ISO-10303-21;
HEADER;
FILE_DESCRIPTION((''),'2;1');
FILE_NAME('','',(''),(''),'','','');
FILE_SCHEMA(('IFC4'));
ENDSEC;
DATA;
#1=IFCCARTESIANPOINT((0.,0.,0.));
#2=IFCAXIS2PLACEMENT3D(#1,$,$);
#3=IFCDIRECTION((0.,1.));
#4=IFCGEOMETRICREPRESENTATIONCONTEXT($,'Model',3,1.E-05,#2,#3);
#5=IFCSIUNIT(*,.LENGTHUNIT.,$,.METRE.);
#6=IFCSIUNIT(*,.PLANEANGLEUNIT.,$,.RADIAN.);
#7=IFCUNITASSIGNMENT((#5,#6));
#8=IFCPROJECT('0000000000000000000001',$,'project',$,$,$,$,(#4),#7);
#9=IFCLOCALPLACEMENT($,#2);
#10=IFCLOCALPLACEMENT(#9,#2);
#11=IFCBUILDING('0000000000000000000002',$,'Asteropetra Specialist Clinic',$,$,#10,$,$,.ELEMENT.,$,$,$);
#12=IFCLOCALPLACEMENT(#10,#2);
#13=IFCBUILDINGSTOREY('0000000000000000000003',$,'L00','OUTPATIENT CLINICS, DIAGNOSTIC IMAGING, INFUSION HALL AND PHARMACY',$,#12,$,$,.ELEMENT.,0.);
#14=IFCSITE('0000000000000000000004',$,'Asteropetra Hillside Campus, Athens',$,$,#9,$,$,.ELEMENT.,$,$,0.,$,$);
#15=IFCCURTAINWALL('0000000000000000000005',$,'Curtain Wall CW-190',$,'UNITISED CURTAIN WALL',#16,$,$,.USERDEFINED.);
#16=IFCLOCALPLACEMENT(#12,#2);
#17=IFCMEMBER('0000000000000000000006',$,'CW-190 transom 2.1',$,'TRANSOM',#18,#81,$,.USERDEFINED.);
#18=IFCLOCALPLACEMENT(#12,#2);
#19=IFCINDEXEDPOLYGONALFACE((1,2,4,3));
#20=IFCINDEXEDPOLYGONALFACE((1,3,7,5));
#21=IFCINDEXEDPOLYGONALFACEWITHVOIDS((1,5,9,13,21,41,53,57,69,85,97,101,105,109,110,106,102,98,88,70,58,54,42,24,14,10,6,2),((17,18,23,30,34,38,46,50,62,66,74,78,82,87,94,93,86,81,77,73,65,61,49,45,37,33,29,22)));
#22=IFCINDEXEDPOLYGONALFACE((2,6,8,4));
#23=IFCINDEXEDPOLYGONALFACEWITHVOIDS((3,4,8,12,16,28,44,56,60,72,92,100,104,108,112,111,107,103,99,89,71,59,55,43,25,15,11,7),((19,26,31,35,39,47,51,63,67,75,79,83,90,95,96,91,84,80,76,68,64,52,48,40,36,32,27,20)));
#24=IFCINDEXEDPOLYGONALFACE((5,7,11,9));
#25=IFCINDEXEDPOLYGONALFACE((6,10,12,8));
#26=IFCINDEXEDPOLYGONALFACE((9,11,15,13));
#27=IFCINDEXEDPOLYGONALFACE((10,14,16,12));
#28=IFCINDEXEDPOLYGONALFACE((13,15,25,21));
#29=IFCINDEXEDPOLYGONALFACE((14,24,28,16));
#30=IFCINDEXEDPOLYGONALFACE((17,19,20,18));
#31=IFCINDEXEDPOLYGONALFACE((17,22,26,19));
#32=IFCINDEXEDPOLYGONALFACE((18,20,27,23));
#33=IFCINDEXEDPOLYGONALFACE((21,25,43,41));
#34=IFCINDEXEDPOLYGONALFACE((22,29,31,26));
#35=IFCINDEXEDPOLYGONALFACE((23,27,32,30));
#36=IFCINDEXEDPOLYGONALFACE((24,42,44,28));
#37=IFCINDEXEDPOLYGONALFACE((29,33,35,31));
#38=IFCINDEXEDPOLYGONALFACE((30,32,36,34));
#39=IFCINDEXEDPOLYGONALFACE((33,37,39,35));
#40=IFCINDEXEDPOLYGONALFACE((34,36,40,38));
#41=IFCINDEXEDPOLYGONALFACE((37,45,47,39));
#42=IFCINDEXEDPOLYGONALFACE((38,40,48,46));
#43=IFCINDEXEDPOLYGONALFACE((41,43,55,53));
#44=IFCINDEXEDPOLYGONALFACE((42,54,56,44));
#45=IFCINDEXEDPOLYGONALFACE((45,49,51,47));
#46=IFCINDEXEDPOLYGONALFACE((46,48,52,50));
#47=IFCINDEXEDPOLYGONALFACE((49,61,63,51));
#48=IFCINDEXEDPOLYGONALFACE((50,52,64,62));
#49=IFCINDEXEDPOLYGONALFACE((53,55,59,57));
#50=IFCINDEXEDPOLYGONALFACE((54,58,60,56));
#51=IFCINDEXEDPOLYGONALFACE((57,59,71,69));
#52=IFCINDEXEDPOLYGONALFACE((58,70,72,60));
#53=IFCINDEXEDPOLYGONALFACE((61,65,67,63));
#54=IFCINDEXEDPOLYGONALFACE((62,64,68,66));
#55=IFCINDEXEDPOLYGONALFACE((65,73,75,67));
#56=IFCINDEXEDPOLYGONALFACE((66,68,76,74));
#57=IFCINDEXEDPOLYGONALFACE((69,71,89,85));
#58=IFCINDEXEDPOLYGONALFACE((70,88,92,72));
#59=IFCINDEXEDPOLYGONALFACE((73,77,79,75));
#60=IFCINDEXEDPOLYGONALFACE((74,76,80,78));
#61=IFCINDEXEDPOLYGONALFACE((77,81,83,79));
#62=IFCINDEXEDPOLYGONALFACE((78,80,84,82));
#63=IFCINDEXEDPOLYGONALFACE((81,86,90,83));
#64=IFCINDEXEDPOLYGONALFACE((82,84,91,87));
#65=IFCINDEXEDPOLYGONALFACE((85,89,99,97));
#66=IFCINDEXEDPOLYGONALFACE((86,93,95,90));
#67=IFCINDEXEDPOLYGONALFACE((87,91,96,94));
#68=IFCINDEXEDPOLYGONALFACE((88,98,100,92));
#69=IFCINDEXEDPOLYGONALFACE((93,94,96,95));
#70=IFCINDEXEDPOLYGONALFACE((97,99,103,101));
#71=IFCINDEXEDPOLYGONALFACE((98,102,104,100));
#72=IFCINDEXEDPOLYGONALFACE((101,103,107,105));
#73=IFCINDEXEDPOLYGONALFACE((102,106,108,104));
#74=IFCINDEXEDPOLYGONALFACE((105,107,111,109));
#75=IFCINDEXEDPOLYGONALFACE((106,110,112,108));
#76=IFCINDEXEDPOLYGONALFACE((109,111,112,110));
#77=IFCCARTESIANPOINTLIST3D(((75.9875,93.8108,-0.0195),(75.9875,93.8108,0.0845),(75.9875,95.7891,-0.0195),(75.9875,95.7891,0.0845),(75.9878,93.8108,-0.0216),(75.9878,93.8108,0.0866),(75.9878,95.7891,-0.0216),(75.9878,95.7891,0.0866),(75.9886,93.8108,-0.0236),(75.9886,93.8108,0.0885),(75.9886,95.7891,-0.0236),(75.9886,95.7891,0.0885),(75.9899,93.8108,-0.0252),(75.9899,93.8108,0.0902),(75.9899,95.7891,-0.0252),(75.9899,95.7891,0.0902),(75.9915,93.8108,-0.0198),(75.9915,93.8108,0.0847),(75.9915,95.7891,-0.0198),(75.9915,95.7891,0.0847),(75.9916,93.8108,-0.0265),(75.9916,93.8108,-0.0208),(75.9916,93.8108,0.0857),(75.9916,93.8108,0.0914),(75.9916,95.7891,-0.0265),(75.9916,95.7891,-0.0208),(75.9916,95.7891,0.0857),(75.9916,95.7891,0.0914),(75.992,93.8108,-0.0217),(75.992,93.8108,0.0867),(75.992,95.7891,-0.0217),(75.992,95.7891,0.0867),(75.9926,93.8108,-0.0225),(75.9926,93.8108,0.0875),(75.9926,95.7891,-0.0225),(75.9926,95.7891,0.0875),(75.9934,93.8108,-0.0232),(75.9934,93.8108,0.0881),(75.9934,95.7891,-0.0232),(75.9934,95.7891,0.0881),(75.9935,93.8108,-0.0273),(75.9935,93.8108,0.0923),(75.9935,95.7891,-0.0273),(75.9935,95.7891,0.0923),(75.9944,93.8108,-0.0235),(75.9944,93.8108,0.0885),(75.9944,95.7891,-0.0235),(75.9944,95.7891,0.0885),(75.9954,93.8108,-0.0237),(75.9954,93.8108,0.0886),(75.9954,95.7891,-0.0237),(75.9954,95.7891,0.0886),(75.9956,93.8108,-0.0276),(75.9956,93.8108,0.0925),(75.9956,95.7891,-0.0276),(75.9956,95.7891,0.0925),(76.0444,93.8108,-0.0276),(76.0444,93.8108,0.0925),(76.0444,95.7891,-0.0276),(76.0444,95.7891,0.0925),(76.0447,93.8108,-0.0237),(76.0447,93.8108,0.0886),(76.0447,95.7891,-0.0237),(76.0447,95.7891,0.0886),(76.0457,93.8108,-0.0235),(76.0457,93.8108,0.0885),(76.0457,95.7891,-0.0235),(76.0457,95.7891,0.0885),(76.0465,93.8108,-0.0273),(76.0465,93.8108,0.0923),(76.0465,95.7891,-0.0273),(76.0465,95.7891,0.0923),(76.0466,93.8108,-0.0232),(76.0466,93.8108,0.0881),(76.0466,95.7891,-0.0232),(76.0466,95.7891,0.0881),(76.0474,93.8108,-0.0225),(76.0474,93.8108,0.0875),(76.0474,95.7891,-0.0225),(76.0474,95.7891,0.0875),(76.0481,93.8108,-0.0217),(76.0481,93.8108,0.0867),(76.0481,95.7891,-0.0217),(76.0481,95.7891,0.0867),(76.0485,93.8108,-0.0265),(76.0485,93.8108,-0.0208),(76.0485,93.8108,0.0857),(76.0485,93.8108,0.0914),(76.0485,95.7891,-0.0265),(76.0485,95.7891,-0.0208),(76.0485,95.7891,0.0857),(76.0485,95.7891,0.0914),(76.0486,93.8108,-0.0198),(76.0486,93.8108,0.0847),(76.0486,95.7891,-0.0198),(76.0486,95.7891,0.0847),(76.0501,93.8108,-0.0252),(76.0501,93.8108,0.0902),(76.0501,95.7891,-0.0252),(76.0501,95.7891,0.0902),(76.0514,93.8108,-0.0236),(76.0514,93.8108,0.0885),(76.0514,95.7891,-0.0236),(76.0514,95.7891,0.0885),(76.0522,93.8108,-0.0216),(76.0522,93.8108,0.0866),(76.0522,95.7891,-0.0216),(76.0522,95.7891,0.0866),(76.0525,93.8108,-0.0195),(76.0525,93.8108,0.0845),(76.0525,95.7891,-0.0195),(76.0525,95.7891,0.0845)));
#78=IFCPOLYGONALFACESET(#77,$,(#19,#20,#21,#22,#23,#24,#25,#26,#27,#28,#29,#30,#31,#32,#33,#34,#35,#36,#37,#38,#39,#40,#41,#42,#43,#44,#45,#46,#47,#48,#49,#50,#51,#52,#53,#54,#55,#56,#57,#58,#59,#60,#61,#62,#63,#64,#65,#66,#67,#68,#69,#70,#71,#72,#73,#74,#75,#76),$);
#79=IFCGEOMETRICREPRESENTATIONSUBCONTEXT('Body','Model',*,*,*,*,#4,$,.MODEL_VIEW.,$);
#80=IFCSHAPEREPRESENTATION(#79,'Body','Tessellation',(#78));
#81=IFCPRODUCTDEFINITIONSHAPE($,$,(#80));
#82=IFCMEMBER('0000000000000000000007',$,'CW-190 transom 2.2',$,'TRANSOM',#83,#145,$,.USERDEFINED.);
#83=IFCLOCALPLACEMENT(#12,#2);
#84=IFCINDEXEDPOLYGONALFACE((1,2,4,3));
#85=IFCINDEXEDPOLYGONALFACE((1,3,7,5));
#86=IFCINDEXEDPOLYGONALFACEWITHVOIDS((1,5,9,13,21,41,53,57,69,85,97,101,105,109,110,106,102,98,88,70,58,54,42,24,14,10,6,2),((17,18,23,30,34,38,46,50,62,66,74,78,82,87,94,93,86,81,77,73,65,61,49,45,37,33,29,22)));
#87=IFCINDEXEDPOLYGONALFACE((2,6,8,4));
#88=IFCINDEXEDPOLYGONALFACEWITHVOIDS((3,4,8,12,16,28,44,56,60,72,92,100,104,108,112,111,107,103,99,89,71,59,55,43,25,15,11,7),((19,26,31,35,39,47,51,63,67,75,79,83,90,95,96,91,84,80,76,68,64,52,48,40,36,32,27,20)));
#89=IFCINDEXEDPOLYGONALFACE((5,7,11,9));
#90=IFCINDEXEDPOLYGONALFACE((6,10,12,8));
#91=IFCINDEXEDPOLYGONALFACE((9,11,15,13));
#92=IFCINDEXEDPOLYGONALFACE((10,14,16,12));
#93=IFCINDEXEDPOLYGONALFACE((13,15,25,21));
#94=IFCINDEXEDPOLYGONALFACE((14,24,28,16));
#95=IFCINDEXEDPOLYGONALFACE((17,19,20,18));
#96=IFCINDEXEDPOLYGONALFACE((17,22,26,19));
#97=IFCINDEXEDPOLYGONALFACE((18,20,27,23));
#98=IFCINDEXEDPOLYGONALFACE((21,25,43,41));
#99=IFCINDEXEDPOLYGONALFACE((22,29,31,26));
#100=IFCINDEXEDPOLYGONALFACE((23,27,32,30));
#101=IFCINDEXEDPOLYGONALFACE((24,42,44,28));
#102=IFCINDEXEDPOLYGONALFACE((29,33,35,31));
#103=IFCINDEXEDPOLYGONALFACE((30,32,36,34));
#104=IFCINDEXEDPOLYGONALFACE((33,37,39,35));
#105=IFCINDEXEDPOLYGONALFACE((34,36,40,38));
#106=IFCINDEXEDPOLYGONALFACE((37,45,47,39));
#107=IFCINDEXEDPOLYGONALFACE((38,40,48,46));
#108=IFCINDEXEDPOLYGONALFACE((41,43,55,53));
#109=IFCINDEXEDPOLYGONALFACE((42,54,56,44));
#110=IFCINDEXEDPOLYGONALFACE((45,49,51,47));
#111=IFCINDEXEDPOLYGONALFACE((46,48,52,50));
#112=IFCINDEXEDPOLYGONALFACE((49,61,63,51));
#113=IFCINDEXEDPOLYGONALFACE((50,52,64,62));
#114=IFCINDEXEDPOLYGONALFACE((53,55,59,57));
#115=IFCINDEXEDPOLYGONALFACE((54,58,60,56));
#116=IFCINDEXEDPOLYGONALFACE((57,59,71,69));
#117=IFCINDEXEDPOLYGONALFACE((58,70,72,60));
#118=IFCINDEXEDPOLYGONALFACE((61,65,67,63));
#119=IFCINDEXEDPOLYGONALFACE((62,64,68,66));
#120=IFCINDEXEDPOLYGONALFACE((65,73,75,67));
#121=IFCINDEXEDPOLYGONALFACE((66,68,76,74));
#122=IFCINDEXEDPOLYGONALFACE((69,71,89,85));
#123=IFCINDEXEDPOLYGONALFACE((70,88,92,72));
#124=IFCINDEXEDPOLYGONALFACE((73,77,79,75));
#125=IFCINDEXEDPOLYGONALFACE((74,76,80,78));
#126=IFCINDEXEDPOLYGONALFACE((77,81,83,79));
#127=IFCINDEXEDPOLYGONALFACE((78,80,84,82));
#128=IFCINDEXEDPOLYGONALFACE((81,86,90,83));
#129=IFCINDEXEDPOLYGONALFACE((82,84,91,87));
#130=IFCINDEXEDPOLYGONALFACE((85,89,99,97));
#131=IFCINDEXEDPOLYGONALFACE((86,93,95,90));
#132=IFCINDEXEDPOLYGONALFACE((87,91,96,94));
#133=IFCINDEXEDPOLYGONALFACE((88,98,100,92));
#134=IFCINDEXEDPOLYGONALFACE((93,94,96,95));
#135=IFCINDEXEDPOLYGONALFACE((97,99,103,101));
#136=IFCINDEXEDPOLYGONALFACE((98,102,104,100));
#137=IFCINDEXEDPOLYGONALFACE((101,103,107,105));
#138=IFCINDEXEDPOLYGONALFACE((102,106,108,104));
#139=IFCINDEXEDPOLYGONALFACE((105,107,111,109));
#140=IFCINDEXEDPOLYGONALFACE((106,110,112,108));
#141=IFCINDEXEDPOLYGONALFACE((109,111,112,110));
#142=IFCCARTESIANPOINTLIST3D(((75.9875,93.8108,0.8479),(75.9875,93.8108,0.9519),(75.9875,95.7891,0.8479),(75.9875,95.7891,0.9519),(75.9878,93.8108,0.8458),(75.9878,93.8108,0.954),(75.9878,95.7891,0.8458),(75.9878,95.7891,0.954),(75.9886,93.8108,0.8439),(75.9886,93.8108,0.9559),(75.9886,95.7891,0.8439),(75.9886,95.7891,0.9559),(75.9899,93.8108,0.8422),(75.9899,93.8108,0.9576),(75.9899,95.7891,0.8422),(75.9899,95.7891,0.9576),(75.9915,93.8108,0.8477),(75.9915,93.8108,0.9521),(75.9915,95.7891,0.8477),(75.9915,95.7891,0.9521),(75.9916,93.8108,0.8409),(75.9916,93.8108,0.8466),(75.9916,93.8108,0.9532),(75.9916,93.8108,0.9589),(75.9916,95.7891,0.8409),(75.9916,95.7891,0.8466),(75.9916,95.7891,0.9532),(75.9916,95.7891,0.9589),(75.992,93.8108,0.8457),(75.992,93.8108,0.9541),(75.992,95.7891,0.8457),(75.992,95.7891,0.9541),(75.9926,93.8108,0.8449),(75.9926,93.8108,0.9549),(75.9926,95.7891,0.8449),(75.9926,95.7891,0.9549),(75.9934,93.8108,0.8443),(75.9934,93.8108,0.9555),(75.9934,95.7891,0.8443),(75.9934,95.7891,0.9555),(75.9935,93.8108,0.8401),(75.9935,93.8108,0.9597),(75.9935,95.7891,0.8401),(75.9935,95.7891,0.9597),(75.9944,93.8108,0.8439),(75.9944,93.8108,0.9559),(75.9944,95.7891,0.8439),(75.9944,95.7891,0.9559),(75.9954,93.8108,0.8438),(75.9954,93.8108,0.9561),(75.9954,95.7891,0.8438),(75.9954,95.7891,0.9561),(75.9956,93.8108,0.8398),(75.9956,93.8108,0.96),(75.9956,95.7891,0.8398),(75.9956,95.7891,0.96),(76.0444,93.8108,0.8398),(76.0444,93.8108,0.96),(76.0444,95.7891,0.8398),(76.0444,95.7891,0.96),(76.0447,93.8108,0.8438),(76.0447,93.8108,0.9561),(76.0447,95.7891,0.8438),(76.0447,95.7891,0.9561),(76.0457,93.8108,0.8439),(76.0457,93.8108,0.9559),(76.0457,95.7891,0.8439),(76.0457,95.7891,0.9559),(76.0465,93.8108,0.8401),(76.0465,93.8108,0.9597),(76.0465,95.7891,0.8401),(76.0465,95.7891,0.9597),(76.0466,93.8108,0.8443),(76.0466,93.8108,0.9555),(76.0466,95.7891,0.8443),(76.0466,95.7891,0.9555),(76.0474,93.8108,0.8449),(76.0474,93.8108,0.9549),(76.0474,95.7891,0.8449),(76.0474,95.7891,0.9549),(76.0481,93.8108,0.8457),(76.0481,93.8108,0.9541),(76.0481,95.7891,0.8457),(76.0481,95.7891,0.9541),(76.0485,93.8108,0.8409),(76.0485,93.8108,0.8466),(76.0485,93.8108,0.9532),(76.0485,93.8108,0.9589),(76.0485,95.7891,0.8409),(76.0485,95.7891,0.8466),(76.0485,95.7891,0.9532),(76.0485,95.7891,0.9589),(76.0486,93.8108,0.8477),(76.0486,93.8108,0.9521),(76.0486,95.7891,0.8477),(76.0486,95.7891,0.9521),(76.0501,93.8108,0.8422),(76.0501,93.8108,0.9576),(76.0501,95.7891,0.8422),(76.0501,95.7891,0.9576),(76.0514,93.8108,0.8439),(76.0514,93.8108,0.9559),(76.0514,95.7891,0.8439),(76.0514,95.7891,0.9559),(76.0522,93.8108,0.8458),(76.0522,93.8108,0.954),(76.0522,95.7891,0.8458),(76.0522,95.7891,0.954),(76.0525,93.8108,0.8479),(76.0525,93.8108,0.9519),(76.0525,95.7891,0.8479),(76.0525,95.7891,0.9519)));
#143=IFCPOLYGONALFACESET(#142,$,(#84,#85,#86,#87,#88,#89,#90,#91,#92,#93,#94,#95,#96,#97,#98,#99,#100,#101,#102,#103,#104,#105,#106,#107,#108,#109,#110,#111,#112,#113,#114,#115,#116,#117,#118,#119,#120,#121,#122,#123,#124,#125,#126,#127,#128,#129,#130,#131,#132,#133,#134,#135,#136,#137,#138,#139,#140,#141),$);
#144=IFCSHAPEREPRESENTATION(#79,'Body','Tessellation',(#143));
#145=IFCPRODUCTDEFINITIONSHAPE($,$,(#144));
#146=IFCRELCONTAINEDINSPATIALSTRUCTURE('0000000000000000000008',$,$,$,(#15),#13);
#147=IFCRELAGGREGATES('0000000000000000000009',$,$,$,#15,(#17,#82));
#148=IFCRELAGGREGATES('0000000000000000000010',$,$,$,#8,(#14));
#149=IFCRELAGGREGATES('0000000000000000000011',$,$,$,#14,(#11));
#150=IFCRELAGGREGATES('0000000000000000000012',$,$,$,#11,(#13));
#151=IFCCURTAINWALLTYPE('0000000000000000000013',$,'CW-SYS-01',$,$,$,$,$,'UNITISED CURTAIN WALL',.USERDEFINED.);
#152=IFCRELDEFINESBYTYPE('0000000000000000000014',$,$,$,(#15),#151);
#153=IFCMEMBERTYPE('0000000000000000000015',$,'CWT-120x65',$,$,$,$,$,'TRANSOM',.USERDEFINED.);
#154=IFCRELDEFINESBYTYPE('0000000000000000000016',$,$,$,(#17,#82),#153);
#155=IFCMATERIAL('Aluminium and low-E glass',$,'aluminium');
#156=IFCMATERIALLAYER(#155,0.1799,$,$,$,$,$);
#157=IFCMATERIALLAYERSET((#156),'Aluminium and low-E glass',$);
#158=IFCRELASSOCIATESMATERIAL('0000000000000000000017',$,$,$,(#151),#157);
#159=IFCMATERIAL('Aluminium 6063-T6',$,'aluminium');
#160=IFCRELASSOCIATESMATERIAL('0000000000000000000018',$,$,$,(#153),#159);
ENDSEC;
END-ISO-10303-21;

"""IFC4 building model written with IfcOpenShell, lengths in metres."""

from ifc_helpers import new_model, si_unit, direction, frame, origin, origin_2d, place, context, subcontext, project, spatial, hollow_rectangle, extrude, material, layer, layer_set, material_profile, profile_set, type_object, element, aggregate, save


model = new_model("IFC4")

# Units and contexts
model_context = context("Model", 3, precision=1e-05, world=origin(), true_north=direction((0.0, 1.0)))
body_context = subcontext(model_context, "Body", "Model", "MODEL_VIEW")
ifc_project = project(units=[si_unit("LENGTHUNIT", "METRE"), si_unit("PLANEANGLEUNIT", "RADIAN")], contexts=[model_context])

# Site, building, storey
site_placement = place(None, origin())
site = spatial("IfcSite", under=ifc_project, at=site_placement, Name="Asteropetra Hillside Campus, Athens", CompositionType="ELEMENT", RefElevation=0.0)
building_placement = place(site_placement, origin())
building = spatial("IfcBuilding", under=site, at=building_placement, Name="Asteropetra Specialist Clinic", CompositionType="ELEMENT")
storey_placement = place(building_placement, origin())
storey = spatial("IfcBuildingStorey", under=building, at=storey_placement, Name="L00", Description="OUTPATIENT CLINICS, DIAGNOSTIC IMAGING, INFUSION HALL AND PHARMACY", CompositionType="ELEMENT", Elevation=0.0)

# Curtain wall
ifc_material_1 = material(Name="Aluminium and low-E glass", Category="aluminium")
ifc_layer_1 = layer(ifc_material_1, 0.1799)
ifc_layer_set_1 = layer_set([ifc_layer_1], Name="Aluminium and low-E glass")
curtain_wall_type_1 = type_object("IfcCurtainWallType", Name="CW-SYS-01", ElementType="UNITISED CURTAIN WALL", PredefinedType="USERDEFINED", material=ifc_layer_set_1)
curtain_wall_1_placement = place(storey_placement, origin())
curtain_wall_1 = element("IfcCurtainWall", 1, at=curtain_wall_1_placement, inside=storey, type_object=curtain_wall_type_1, Name="Curtain Wall CW-190", ObjectType="UNITISED CURTAIN WALL", PredefinedType="USERDEFINED")

# Members
ifc_material_2 = material(Name="Aluminium 6063-T6", Category="aluminium")
ifc_material_profile_1 = material_profile(ifc_material_2, hollow_rectangle(XDim=0.0649, YDim=0.1201, WallThickness=0.0039, InnerFilletRadius=0.0039, OuterFilletRadius=0.0081, at=origin_2d()), Name="TRN 120x65x4.0")
ifc_profile_set_1 = profile_set([ifc_material_profile_1], Name="Aluminium 6063-T6")
member_type_1 = type_object("IfcMemberType", Name="CWT-120x65", ElementType="TRANSOM", PredefinedType="USERDEFINED", material=ifc_profile_set_1)
member_1_placement = place(storey_placement, frame((76.02, 93.8108, 0.0325), z_axis=(0.0, 1.0, 0.0), x_axis=(-1.0, 0.0, 0.0)))
member_1 = element("IfcMember", 2, at=member_1_placement, type_object=member_type_1, Name="CW-190 transom 2.1", ObjectType="TRANSOM", PredefinedType="USERDEFINED", context=body_context, shape_type="SweptSolid", body=[
    extrude(hollow_rectangle(XDim=0.0649, YDim=0.1201, WallThickness=0.0039, InnerFilletRadius=0.0039, OuterFilletRadius=0.0081, at=origin_2d()), origin(), (0.0, 0.0, 1.0), 1.9783),
])
member_2_placement = place(storey_placement, frame((76.02, 93.8108, 0.8999), z_axis=(0.0, 1.0, 0.0), x_axis=(-1.0, 0.0, 0.0)))
member_2 = element("IfcMember", 3, at=member_2_placement, type_object=member_type_1, Name="CW-190 transom 2.2", ObjectType="TRANSOM", PredefinedType="USERDEFINED", context=body_context, shape_type="SweptSolid", body=[
    extrude(hollow_rectangle(XDim=0.0649, YDim=0.1201, WallThickness=0.0039, InnerFilletRadius=0.0039, OuterFilletRadius=0.0081, at=origin_2d()), origin(), (0.0, 0.0, 1.0), 1.9783),
])

aggregate(curtain_wall_1, [member_1, member_2])

save(model, "model.ifc")
